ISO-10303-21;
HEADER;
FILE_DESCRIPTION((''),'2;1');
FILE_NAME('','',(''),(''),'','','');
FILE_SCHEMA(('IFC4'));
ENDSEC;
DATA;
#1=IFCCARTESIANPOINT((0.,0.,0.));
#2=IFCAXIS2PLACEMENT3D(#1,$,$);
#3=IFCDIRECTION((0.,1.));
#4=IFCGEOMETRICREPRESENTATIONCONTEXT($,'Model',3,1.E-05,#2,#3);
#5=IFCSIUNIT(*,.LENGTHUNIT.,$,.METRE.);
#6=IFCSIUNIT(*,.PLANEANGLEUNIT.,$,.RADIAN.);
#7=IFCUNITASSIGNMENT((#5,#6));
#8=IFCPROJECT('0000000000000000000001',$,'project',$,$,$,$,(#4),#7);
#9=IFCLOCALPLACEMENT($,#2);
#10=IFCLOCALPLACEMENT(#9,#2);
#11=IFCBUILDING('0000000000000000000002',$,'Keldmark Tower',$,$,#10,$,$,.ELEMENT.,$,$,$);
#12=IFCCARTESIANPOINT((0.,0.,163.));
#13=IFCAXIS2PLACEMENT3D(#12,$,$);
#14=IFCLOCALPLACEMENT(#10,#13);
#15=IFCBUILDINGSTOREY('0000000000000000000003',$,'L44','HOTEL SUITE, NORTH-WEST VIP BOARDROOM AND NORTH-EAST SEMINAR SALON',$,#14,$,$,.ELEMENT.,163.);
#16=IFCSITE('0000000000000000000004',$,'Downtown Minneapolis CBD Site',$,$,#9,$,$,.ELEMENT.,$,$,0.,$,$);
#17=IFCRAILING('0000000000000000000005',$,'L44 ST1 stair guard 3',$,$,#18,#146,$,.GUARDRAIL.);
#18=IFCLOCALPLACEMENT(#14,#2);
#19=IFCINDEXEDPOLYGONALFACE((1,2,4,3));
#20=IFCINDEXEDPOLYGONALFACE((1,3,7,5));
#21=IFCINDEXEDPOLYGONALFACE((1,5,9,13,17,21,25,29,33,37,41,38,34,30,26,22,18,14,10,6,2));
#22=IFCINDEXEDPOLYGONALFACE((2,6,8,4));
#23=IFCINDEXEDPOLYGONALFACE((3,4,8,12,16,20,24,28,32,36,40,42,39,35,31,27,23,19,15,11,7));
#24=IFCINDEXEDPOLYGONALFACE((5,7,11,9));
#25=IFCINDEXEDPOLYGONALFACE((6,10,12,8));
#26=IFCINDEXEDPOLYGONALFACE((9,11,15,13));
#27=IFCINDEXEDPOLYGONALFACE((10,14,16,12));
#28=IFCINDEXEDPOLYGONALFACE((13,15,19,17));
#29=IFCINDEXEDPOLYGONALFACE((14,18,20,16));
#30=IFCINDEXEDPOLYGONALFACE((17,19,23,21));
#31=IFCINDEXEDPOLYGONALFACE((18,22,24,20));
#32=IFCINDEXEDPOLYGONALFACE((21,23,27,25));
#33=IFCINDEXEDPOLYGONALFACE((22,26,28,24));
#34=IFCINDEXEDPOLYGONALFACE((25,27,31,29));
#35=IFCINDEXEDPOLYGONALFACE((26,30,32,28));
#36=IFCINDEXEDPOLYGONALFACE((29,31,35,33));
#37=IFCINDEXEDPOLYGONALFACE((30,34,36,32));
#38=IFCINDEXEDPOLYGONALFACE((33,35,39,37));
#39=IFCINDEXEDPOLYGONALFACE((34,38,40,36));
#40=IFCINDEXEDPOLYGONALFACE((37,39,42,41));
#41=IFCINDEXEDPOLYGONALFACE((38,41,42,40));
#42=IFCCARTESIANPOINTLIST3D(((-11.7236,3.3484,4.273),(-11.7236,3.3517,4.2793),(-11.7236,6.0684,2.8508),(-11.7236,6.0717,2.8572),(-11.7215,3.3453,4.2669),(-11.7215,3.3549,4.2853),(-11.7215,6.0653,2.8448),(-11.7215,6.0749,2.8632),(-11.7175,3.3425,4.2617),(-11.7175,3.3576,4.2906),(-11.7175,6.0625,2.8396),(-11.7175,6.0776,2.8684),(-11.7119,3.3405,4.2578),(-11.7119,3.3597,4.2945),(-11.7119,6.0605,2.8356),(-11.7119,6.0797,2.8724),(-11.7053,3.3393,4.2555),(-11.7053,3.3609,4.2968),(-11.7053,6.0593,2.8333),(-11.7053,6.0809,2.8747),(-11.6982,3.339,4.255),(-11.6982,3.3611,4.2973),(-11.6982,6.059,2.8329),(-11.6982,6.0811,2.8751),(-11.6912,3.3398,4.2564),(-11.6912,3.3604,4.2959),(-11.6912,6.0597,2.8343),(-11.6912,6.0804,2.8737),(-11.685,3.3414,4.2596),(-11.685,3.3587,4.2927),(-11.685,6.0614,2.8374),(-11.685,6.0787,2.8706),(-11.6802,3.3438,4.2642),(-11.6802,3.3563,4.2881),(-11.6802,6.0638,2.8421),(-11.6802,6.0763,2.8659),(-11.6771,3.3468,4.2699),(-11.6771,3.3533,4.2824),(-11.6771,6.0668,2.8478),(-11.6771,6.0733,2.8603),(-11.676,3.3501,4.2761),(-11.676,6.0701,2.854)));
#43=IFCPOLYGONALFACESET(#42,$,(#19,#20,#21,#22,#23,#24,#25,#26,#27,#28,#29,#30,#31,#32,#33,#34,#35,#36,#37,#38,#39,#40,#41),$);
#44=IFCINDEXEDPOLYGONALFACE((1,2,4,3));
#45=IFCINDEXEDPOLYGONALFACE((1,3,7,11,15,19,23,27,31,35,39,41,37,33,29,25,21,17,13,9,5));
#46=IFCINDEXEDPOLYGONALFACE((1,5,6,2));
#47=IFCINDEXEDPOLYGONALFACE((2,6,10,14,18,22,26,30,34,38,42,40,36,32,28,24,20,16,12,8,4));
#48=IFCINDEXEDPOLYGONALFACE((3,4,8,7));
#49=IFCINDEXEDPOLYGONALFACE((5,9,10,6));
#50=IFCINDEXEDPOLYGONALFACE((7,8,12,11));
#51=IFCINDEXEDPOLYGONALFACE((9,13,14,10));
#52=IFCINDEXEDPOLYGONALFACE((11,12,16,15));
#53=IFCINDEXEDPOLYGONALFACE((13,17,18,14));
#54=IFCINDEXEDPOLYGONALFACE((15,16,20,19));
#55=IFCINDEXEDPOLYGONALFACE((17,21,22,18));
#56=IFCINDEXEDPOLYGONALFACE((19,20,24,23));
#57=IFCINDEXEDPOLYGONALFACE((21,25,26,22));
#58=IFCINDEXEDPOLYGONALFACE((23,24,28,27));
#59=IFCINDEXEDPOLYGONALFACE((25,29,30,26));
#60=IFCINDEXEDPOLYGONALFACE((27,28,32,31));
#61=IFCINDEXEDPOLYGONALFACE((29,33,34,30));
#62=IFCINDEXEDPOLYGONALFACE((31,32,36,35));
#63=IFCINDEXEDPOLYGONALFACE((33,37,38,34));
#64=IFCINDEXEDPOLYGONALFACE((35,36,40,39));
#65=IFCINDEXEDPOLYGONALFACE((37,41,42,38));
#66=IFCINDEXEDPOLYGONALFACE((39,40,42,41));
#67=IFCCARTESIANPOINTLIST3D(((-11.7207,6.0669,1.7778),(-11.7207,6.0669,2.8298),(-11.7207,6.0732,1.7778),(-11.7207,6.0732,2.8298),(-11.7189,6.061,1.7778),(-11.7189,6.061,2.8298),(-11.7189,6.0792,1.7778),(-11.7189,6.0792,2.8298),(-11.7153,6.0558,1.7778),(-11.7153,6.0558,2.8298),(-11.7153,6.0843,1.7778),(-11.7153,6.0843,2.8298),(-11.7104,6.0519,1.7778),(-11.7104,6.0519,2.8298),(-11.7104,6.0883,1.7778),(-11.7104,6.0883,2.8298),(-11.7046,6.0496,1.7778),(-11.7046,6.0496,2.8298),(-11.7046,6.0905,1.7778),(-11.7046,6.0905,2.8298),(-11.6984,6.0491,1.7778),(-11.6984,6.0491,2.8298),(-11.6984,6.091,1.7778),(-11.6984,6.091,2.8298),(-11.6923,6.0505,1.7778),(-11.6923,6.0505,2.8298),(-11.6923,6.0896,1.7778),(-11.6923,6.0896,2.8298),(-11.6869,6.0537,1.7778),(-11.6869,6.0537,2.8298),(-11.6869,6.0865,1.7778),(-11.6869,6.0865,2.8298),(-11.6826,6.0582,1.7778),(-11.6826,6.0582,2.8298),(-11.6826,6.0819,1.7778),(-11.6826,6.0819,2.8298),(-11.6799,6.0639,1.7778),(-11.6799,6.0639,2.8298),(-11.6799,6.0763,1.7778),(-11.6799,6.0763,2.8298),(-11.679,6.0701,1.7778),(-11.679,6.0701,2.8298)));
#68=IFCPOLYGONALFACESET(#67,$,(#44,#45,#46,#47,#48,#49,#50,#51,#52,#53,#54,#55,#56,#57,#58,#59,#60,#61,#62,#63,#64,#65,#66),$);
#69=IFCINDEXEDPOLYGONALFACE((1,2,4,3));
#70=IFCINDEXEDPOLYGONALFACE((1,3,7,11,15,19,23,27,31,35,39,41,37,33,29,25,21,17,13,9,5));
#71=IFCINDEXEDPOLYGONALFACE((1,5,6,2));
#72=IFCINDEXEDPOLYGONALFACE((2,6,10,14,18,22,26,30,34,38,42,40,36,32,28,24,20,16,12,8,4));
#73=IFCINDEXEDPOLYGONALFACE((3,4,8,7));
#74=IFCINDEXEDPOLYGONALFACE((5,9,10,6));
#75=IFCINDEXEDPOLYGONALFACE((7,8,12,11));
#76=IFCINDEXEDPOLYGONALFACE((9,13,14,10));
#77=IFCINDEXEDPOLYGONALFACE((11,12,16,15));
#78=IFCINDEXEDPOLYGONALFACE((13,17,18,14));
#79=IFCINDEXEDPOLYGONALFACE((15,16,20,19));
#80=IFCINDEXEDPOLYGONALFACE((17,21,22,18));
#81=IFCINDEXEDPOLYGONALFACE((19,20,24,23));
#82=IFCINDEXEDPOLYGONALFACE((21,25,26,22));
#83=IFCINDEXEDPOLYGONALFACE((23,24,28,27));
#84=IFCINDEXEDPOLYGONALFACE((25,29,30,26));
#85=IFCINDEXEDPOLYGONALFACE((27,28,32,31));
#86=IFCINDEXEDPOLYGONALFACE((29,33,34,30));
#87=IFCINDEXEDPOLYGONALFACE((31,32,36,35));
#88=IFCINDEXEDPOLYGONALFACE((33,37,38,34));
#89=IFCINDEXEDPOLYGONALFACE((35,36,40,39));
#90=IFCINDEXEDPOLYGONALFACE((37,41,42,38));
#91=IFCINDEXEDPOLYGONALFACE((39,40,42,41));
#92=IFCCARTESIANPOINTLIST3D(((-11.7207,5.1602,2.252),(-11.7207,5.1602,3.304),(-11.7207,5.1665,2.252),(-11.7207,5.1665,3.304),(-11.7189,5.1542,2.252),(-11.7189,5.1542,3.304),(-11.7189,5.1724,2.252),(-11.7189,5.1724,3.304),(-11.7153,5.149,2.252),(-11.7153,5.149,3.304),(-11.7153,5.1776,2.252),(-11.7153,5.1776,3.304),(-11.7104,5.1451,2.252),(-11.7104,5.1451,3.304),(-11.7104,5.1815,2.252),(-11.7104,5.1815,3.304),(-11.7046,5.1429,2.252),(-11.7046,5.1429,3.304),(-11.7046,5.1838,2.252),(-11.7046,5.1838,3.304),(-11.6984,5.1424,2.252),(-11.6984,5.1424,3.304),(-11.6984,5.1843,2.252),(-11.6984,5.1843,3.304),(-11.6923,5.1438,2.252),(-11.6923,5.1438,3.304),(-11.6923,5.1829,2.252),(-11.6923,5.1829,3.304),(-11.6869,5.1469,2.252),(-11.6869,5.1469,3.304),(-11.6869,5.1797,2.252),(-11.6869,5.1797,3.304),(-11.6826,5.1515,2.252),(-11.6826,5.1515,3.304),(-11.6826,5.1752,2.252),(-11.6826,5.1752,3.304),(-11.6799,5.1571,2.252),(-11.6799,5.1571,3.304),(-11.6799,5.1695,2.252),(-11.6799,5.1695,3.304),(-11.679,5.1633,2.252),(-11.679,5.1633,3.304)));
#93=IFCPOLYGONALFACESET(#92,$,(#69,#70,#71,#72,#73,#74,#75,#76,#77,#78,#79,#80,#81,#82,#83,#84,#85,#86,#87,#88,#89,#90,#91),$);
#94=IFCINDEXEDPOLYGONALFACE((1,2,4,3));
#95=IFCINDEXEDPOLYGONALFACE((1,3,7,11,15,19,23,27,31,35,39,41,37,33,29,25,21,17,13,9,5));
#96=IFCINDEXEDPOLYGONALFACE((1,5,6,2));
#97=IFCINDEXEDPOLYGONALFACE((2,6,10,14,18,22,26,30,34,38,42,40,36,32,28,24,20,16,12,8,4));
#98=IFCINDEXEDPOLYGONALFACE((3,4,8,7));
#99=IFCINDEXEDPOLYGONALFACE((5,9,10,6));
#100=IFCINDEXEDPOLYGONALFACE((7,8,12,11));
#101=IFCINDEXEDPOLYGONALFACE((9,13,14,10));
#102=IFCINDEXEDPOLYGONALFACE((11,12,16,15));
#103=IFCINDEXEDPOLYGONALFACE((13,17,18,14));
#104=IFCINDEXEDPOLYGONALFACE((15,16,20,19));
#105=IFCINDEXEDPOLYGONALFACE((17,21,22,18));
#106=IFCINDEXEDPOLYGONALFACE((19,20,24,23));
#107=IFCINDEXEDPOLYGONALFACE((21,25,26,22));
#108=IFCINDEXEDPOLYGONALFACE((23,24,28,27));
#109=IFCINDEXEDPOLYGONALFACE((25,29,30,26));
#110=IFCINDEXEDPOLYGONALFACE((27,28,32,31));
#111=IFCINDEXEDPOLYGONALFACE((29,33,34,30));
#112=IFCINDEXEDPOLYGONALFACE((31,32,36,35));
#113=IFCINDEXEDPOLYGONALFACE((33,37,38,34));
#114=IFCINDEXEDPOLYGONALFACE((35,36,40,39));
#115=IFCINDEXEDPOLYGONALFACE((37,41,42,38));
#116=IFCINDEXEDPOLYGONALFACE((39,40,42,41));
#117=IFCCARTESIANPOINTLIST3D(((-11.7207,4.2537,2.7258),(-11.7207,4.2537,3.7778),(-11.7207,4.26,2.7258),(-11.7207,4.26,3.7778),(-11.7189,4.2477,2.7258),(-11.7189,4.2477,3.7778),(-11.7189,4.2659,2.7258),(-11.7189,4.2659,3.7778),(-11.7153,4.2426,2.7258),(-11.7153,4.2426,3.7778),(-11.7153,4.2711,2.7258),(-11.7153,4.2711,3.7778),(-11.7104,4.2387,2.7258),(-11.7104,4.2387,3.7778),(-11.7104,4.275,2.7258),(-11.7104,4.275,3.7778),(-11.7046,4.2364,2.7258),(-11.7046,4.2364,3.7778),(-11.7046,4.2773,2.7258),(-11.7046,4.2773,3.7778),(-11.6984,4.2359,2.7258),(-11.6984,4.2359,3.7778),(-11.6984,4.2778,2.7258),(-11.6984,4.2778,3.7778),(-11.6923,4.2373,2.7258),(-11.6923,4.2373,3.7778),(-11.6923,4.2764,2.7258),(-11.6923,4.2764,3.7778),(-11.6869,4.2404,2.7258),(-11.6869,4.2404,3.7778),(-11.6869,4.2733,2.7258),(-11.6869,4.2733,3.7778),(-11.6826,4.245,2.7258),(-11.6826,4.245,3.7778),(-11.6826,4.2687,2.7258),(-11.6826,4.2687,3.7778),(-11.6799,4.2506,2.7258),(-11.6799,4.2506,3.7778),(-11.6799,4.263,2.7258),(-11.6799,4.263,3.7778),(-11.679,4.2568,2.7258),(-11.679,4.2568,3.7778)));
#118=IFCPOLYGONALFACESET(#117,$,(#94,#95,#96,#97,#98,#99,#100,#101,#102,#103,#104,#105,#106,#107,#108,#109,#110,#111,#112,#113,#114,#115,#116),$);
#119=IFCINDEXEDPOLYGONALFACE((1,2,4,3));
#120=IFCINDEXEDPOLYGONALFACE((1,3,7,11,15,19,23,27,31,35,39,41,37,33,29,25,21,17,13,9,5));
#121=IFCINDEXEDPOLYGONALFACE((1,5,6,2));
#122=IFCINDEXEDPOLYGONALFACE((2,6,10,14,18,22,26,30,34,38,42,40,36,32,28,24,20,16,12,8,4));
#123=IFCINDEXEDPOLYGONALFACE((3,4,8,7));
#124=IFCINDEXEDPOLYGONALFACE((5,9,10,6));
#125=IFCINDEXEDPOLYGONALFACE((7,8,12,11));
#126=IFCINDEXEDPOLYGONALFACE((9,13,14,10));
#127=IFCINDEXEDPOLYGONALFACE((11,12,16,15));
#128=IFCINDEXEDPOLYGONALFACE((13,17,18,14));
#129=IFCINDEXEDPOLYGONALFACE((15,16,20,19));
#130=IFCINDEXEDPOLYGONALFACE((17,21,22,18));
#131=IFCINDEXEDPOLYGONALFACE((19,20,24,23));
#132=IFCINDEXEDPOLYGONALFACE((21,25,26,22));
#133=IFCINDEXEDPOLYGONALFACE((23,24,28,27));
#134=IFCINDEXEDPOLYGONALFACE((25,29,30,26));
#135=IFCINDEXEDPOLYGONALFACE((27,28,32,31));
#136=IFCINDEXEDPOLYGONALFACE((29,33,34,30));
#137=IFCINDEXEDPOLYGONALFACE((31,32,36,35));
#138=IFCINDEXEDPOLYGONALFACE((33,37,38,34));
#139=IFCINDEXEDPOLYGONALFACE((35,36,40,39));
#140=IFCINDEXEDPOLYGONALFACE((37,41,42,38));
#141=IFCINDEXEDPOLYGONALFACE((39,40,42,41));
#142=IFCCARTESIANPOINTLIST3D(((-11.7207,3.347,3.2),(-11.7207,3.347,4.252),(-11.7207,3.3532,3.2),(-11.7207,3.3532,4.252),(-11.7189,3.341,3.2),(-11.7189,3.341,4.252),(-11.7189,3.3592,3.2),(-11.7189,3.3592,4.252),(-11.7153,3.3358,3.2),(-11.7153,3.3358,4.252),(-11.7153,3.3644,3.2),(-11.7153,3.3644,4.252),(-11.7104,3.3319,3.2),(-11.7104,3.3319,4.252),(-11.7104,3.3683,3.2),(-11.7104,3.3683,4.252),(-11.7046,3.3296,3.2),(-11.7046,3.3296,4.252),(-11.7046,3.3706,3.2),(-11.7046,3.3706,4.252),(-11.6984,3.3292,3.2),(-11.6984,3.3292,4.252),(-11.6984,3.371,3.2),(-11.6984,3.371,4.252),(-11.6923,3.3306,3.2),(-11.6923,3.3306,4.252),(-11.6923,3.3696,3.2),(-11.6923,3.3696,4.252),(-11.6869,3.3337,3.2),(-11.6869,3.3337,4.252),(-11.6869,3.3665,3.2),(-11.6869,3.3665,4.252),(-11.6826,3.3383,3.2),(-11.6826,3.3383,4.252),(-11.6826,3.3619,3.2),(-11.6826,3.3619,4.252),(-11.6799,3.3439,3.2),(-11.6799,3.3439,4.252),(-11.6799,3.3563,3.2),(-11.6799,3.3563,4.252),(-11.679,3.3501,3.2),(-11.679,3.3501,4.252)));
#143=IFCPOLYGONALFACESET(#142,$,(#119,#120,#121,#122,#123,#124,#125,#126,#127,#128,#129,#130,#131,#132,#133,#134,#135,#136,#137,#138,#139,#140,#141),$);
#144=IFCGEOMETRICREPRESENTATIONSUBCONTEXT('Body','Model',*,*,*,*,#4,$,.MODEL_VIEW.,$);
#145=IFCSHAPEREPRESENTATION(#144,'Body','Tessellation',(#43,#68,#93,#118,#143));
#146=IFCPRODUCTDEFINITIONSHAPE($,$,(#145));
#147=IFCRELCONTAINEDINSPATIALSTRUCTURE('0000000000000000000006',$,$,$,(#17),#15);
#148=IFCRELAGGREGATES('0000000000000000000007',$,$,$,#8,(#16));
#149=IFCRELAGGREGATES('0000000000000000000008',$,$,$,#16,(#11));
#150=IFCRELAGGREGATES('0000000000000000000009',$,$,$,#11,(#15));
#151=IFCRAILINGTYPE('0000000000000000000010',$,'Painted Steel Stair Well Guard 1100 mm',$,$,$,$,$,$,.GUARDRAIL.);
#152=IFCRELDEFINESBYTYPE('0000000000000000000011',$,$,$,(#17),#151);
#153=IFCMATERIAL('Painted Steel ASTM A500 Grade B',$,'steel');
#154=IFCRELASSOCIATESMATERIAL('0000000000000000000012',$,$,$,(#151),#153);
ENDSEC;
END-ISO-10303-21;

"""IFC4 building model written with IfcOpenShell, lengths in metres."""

from ifc_helpers import new_model, si_unit, direction, frame, origin, origin_2d, place, context, subcontext, project, spatial, circle, extrude, material, type_object, element, save


model = new_model("IFC4")

# Units and contexts
model_context = context("Model", 3, precision=1e-05, world=origin(), true_north=direction((0.0, 1.0)))
body_context = subcontext(model_context, "Body", "Model", "MODEL_VIEW")
ifc_project = project(units=[si_unit("LENGTHUNIT", "METRE"), si_unit("PLANEANGLEUNIT", "RADIAN")], contexts=[model_context])

# Site, building, storey
site_placement = place(None, origin())
site = spatial("IfcSite", under=ifc_project, at=site_placement, Name="Downtown Minneapolis CBD Site", CompositionType="ELEMENT", RefElevation=0.0)
building_placement = place(site_placement, origin())
building = spatial("IfcBuilding", under=site, at=building_placement, Name="Keldmark Tower", CompositionType="ELEMENT")
storey_placement = place(building_placement, frame((0.0, 0.0, 163.0)))
storey = spatial("IfcBuildingStorey", under=building, at=storey_placement, Name="L44", Description="HOTEL SUITE, NORTH-WEST VIP BOARDROOM AND NORTH-EAST SEMINAR SALON", CompositionType="ELEMENT", Elevation=163.0)

# Railing
ifc_material_1 = material(Name="Painted Steel ASTM A500 Grade B", Category="steel")
railing_type_1 = type_object("IfcRailingType", Name="Painted Steel Stair Well Guard 1100 mm", PredefinedType="GUARDRAIL", material=ifc_material_1)
railing_1_placement = place(storey_placement, frame((-11.7, 6.0701, 1.7778)))
element("IfcRailing", 1, at=railing_1_placement, inside=storey, type_object=railing_type_1, Name="L44 ST1 stair guard 3", PredefinedType="GUARDRAIL", context=body_context, shape_type="SweptSolid", body=[
    extrude(circle(Radius=0.0239, at=origin_2d()), frame((0.0, 0.0, 1.0762), z_axis=(0.0, -0.886183, 0.463335), x_axis=(1.0, 0.0, 0.0)), (0.0, 0.0, 1.0), 3.0693),
    extrude(circle(Radius=0.021, at=origin_2d()), origin(), (0.0, 0.0, 1.0), 1.052),
    extrude(circle(Radius=0.021, at=origin_2d()), frame((0.0, -0.9067, 0.4741)), (0.0, 0.0, 1.0), 1.052),
    extrude(circle(Radius=0.021, at=origin_2d()), frame((0.0, -1.8132, 0.948)), (0.0, 0.0, 1.0), 1.052),
    extrude(circle(Radius=0.021, at=origin_2d()), frame((0.0, -2.72, 1.4221)), (0.0, 0.0, 1.0), 1.052),
])

save(model, "model.ifc")
